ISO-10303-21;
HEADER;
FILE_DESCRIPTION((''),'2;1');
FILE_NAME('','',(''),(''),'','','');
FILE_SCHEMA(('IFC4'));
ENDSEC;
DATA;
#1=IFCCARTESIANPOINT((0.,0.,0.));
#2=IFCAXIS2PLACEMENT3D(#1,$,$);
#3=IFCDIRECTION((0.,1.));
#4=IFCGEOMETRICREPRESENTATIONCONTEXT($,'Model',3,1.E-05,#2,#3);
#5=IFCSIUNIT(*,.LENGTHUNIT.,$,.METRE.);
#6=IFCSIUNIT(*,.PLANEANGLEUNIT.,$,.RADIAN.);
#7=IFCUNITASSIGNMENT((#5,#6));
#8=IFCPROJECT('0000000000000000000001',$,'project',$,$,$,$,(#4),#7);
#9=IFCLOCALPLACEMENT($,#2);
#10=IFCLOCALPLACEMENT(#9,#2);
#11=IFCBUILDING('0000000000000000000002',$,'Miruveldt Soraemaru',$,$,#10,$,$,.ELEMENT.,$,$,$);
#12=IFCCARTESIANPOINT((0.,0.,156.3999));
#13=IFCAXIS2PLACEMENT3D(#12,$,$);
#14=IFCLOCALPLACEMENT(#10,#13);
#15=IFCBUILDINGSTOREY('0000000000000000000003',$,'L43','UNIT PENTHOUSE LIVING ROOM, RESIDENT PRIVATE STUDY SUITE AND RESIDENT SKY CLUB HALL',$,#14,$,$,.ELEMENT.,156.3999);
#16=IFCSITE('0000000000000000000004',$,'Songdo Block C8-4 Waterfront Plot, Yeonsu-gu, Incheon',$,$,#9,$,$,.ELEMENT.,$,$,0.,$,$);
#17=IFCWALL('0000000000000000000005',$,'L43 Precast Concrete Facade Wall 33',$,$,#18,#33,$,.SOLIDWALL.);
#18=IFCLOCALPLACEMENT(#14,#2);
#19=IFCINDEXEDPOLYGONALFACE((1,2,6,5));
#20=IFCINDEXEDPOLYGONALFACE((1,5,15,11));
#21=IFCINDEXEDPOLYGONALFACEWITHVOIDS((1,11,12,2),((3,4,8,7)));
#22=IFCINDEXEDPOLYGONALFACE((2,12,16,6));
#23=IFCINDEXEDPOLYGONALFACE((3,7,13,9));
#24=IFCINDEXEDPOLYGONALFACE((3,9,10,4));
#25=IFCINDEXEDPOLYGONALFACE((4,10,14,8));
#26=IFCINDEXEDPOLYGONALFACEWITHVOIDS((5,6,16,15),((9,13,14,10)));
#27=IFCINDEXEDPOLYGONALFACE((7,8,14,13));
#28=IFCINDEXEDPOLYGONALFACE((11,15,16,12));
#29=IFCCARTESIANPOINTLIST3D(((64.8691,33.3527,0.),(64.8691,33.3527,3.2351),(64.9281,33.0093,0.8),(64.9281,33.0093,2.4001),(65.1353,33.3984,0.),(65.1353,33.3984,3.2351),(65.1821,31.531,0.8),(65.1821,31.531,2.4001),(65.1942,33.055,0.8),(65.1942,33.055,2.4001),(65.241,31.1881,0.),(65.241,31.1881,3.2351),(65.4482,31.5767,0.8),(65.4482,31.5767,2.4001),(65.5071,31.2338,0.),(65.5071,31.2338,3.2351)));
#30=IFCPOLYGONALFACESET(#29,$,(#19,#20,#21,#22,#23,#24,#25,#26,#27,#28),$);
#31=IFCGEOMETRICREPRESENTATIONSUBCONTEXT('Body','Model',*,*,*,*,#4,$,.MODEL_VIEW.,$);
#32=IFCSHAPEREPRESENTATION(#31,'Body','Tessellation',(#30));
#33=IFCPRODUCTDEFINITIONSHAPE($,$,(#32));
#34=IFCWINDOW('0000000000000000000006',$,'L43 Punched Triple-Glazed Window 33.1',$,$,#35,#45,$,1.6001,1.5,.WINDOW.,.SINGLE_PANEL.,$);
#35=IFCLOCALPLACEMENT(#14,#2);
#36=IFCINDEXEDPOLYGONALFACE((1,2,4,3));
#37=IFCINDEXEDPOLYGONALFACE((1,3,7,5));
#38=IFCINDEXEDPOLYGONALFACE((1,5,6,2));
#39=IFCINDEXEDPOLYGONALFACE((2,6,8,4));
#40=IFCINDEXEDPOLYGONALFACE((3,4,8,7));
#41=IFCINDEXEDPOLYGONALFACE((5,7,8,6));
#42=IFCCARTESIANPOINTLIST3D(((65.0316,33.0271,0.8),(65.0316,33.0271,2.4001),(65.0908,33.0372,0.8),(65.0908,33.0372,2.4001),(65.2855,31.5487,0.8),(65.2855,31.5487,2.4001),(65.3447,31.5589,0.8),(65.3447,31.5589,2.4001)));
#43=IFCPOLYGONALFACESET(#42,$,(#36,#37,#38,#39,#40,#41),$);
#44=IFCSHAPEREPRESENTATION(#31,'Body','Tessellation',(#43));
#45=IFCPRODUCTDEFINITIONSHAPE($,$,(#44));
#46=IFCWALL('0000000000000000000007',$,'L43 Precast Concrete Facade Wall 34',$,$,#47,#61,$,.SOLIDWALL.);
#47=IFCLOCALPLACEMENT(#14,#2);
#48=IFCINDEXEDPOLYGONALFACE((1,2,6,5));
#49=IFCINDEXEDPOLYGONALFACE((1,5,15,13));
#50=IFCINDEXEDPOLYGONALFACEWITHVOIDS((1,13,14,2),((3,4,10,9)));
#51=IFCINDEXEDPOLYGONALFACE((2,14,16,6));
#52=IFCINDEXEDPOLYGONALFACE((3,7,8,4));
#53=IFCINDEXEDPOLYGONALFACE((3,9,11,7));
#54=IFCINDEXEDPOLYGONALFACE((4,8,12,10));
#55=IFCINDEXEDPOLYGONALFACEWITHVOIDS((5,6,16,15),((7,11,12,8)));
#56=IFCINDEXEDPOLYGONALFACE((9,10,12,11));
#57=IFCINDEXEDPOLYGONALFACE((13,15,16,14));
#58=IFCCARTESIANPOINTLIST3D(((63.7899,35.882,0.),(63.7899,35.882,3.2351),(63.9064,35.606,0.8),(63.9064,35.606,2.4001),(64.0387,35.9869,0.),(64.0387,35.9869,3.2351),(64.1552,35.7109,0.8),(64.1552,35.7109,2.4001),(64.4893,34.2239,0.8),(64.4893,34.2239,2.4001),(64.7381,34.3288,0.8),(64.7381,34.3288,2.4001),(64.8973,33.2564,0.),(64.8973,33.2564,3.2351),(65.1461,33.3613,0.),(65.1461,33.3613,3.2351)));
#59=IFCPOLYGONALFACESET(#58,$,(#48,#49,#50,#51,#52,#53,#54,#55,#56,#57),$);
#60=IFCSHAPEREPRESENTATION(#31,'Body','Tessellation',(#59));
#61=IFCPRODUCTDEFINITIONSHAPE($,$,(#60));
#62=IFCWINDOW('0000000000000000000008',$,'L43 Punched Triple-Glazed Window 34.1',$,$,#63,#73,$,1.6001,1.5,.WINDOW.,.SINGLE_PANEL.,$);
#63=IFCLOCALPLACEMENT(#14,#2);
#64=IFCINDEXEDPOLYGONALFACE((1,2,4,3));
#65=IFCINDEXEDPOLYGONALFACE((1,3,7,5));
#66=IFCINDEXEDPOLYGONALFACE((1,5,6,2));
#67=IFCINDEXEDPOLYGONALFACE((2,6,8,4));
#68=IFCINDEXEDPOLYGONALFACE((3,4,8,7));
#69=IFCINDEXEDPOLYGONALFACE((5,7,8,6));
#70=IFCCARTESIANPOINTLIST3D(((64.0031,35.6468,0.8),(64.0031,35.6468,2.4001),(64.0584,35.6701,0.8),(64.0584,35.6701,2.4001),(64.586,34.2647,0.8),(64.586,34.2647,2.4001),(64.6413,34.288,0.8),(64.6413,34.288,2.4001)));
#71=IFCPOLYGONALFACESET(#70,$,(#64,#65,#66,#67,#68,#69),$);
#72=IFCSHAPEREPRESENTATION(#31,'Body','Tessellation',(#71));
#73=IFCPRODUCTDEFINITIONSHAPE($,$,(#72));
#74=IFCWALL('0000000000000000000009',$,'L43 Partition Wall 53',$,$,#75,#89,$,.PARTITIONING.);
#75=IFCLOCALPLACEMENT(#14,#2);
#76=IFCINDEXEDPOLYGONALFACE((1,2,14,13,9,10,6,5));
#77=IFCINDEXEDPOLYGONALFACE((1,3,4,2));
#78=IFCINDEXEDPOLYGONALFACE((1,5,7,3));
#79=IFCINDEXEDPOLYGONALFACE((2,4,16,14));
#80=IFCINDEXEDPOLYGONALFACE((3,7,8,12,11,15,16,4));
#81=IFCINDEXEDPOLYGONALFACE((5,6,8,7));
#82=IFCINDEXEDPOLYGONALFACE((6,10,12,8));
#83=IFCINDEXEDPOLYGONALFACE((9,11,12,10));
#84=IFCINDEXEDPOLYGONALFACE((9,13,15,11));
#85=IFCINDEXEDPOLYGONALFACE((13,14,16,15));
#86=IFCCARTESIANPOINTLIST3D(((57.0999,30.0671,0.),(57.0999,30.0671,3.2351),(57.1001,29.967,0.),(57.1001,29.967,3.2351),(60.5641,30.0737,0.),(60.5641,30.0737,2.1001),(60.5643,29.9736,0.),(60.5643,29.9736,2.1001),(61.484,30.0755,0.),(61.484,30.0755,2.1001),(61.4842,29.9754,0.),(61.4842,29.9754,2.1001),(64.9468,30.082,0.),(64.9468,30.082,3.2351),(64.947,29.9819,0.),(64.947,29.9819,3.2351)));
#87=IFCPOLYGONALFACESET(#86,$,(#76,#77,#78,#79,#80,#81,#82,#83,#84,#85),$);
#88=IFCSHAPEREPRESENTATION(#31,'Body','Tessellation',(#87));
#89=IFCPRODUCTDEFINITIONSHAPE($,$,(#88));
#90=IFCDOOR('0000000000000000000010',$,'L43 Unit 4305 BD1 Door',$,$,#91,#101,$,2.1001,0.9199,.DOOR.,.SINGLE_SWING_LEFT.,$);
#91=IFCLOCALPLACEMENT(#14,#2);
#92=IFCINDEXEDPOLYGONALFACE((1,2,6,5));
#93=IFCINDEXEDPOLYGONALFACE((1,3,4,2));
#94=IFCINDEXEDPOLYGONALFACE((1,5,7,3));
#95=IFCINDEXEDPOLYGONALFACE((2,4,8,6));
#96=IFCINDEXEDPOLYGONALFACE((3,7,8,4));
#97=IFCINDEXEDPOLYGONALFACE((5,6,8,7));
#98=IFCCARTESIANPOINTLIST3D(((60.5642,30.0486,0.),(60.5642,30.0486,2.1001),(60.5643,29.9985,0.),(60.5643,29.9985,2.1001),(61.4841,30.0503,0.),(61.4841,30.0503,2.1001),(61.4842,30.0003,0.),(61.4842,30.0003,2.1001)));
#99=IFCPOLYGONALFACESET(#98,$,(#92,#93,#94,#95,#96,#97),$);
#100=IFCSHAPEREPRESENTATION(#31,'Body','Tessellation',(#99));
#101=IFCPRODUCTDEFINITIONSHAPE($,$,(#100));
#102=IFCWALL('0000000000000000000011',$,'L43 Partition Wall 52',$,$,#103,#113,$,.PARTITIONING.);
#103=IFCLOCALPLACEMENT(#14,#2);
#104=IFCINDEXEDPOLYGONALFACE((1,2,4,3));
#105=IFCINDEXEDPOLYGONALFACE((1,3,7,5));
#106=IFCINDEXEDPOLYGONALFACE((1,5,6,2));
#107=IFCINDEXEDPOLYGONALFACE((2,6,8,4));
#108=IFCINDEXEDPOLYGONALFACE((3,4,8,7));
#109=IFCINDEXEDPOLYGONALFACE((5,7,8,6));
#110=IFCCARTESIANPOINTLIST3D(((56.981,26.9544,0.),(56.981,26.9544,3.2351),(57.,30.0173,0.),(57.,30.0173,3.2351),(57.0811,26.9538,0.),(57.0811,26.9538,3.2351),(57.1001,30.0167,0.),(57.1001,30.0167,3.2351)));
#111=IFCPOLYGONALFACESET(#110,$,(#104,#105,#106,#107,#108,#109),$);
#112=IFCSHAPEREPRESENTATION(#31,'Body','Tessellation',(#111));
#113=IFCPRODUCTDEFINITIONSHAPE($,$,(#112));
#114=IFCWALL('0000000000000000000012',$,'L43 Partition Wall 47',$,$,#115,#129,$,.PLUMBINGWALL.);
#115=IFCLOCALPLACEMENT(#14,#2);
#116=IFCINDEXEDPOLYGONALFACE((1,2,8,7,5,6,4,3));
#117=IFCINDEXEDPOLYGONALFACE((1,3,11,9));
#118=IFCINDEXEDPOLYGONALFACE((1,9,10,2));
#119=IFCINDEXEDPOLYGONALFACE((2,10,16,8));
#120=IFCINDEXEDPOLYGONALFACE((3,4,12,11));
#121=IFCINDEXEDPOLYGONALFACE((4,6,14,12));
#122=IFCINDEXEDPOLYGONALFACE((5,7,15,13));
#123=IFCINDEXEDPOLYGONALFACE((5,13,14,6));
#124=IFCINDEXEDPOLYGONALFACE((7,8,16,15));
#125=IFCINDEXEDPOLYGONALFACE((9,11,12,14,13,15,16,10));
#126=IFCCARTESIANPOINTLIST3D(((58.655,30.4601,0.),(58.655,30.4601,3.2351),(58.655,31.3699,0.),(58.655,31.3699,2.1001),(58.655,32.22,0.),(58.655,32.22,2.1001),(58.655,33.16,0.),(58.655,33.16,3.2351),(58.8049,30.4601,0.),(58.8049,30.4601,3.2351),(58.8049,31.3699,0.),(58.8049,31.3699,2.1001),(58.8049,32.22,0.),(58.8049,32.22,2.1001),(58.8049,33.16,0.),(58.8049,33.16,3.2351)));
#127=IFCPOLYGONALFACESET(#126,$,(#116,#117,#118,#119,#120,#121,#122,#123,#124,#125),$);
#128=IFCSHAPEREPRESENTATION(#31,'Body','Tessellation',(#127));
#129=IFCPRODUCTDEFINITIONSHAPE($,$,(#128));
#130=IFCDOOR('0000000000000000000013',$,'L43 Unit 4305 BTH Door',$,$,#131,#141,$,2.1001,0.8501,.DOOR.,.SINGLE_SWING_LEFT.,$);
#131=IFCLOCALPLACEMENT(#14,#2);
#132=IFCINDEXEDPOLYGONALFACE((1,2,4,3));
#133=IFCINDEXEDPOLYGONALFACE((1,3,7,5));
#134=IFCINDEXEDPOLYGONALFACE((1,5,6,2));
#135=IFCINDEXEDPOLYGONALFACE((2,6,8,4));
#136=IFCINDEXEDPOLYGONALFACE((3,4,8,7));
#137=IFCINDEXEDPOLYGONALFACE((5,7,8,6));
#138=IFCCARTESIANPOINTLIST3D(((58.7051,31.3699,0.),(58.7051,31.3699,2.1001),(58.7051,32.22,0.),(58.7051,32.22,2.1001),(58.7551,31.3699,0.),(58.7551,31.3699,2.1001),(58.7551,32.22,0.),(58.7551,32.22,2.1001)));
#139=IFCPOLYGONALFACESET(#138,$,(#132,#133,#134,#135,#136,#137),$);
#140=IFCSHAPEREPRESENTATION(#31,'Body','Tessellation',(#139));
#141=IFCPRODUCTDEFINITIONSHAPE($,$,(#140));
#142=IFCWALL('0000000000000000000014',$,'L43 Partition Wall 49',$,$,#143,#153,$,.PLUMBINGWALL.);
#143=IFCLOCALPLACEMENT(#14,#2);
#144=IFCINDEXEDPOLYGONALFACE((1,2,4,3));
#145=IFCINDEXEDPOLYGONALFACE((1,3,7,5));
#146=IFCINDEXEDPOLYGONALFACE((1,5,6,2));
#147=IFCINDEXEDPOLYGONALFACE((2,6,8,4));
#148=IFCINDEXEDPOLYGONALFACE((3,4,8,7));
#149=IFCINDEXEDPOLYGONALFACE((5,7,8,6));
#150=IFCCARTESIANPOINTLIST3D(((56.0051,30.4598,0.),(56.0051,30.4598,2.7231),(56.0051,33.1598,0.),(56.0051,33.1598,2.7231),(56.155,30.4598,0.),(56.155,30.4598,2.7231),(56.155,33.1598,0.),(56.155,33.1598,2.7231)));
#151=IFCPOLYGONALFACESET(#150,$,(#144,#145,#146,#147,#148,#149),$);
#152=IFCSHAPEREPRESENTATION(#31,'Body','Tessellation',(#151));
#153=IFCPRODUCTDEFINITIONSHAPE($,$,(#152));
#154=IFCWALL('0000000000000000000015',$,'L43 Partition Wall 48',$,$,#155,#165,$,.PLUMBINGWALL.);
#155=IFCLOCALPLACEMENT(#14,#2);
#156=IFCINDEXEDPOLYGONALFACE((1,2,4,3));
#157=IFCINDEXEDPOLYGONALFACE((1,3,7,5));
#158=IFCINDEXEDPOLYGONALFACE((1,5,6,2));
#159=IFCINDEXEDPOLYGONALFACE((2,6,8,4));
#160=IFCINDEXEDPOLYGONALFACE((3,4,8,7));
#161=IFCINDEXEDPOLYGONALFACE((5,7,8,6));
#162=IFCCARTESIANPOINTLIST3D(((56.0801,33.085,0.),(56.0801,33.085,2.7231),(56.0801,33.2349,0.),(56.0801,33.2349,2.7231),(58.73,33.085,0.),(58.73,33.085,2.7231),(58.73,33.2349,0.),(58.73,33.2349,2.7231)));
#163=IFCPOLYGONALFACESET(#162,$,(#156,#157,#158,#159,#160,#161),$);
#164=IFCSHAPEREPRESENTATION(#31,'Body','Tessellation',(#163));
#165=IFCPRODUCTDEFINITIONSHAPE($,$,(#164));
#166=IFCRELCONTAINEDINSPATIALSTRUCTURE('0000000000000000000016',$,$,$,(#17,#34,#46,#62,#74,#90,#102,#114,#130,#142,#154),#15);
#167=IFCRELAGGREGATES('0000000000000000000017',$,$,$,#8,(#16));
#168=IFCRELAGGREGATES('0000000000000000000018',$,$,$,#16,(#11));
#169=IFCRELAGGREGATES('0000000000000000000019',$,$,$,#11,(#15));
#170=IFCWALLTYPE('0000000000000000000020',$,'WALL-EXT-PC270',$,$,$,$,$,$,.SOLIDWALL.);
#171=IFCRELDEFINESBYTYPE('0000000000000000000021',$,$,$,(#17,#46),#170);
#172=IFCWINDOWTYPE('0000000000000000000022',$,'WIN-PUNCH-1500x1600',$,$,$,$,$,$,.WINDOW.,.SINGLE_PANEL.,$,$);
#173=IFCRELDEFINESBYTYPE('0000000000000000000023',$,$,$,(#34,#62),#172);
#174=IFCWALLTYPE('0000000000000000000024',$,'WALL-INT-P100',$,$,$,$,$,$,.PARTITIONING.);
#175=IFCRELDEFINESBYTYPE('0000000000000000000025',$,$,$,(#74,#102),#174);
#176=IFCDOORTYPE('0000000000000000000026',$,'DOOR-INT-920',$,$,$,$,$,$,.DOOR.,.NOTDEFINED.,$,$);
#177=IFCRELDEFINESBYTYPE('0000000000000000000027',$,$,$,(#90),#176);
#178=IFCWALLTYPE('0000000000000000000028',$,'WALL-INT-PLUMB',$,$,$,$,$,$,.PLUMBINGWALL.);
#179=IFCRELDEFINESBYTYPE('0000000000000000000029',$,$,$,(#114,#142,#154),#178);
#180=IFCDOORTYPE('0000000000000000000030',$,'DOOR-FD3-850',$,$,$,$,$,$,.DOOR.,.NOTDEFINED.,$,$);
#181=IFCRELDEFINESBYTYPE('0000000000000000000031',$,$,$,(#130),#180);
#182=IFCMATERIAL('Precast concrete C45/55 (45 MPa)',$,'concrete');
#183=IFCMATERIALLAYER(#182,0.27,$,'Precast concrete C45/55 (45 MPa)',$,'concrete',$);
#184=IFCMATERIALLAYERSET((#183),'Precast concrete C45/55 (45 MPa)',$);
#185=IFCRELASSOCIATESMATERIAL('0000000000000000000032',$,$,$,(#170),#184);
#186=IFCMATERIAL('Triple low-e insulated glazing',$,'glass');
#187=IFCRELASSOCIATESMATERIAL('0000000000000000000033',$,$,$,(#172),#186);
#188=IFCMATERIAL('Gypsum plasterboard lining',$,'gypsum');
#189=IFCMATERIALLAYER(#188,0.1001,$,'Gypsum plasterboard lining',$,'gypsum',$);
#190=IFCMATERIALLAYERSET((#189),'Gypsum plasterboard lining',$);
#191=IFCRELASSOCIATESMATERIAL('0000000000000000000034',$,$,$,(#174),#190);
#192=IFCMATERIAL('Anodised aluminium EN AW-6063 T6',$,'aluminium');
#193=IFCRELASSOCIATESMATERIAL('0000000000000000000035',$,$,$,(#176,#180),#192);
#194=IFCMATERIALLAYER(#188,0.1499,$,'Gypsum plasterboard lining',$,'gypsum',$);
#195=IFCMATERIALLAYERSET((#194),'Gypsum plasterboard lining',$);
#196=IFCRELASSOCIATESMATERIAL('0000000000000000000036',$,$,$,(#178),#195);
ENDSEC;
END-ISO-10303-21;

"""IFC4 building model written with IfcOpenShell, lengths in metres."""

from ifc_helpers import new_model, si_unit, direction, frame, frame_2d, origin, place, context, subcontext, project, spatial, rectangle, extrude, material, layer, layer_set, type_object, element, fill, save


model = new_model("IFC4")

# Units and contexts
model_context = context("Model", 3, precision=1e-05, world=origin(), true_north=direction((0.0, 1.0)))
body_context = subcontext(model_context, "Body", "Model", "MODEL_VIEW")
ifc_project = project(units=[si_unit("LENGTHUNIT", "METRE"), si_unit("PLANEANGLEUNIT", "RADIAN")], contexts=[model_context])

# Site, building, storey
site_placement = place(None, origin())
site = spatial("IfcSite", under=ifc_project, at=site_placement, Name="Songdo Block C8-4 Waterfront Plot, Yeonsu-gu, Incheon", CompositionType="ELEMENT", RefElevation=0.0)
building_placement = place(site_placement, origin())
building = spatial("IfcBuilding", under=site, at=building_placement, Name="Miruveldt Soraemaru", CompositionType="ELEMENT")
storey_placement = place(building_placement, frame((0.0, 0.0, 156.3999)))
storey = spatial("IfcBuildingStorey", under=building, at=storey_placement, Name="L43", Description="UNIT PENTHOUSE LIVING ROOM, RESIDENT PRIVATE STUDY SUITE AND RESIDENT SKY CLUB HALL", CompositionType="ELEMENT", Elevation=156.3999)

# Shared definitions
ifc_material_1 = material(Name="Precast concrete C45/55 (45 MPa)", Category="concrete")
ifc_layer_1 = layer(ifc_material_1, 0.27, Name="Precast concrete C45/55 (45 MPa)", Category="concrete")
ifc_layer_set_1 = layer_set([ifc_layer_1], Name="Precast concrete C45/55 (45 MPa)")
wall_type_1 = type_object("IfcWallType", Name="WALL-EXT-PC270", PredefinedType="SOLIDWALL", material=ifc_layer_set_1)

# Shared definitions
ifc_material_2 = material(Name="Triple low-e insulated glazing", Category="glass")
window_type_1 = type_object("IfcWindowType", Name="WIN-PUNCH-1500x1600", PartitioningType="SINGLE_PANEL", PredefinedType="WINDOW", material=ifc_material_2)

# Walls, openings, windows
wall_1_placement = place(storey_placement, frame((65.374, 31.2109, 0.0), z_axis=(0.0, 0.0, 1.0), x_axis=(-0.1693, 0.985565, 0.0)))
wall_1 = element("IfcWall", 1, at=wall_1_placement, inside=storey, type_object=wall_type_1, Name="L43 Precast Concrete Facade Wall 33", PredefinedType="SOLIDWALL", context=body_context, shape_type="SweptSolid", body=[
    extrude(rectangle(XDim=2.1963, YDim=0.27, at=frame_2d((1.0981, 0.0))), origin(), (0.0, 0.0, 1.0), 3.2351),
])
opening_1_placement = place(wall_1_placement, frame((0.3479, 0.0, 0.8)))
opening_1 = element("IfcOpeningElement", 2, at=opening_1_placement, cuts=wall_1, PredefinedType="OPENING", context=body_context, shape_type="SweptSolid", body=[
    extrude(rectangle(XDim=1.5, YDim=1.6001, at=frame_2d((0.75, 0.8))), frame((0.0, 0.145, 0.0), z_axis=(0.0, -1.0, 0.0), x_axis=(1.0, 0.0, 0.0)), (0.0, 0.0, 1.0), 0.29),
])
window_1_placement = place(opening_1_placement, origin())
window_1 = element("IfcWindow", 3, at=window_1_placement, inside=storey, type_object=window_type_1, Name="L43 Punched Triple-Glazed Window 33.1", OverallHeight=1.6001, OverallWidth=1.5, PartitioningType="SINGLE_PANEL", PredefinedType="WINDOW", context=body_context, shape_type="SweptSolid", body=[
    extrude(rectangle(XDim=1.5, YDim=1.6001, at=frame_2d((0.75, 0.8))), frame((0.0, 0.03, 0.0), z_axis=(0.0, -1.0, 0.0), x_axis=(1.0, 0.0, 0.0)), (0.0, 0.0, 1.0), 0.0601),
])
fill(opening_1, window_1)
wall_2_placement = place(storey_placement, frame((65.0217, 33.3088, 0.0), z_axis=(0.0, 0.0, 1.0), x_axis=(-0.388608, 0.921403, 0.0)))
wall_2 = element("IfcWall", 4, at=wall_2_placement, inside=storey, type_object=wall_type_1, Name="L43 Precast Concrete Facade Wall 34", PredefinedType="SOLIDWALL", context=body_context, shape_type="SweptSolid", body=[
    extrude(rectangle(XDim=2.8496, YDim=0.27, at=frame_2d((1.4248, 0.0))), origin(), (0.0, 0.0, 1.0), 3.2351),
])
opening_2_placement = place(wall_2_placement, frame((1.05, 0.0, 0.8)))
opening_2 = element("IfcOpeningElement", 5, at=opening_2_placement, cuts=wall_2, PredefinedType="OPENING", context=body_context, shape_type="SweptSolid", body=[
    extrude(rectangle(XDim=1.5, YDim=1.6001, at=frame_2d((0.75, 0.8))), frame((0.0, 0.145, 0.0), z_axis=(0.0, -1.0, 0.0), x_axis=(1.0, 0.0, 0.0)), (0.0, 0.0, 1.0), 0.29),
])
window_2_placement = place(opening_2_placement, origin())
window_2 = element("IfcWindow", 6, at=window_2_placement, inside=storey, type_object=window_type_1, Name="L43 Punched Triple-Glazed Window 34.1", OverallHeight=1.6001, OverallWidth=1.5, PartitioningType="SINGLE_PANEL", PredefinedType="WINDOW", context=body_context, shape_type="SweptSolid", body=[
    extrude(rectangle(XDim=1.5, YDim=1.6001, at=frame_2d((0.75, 0.8))), frame((0.0, 0.03, 0.0), z_axis=(0.0, -1.0, 0.0), x_axis=(1.0, 0.0, 0.0)), (0.0, 0.0, 1.0), 0.0601),
])
fill(opening_2, window_2)

# Wall, opening, door
ifc_material_3 = material(Name="Gypsum plasterboard lining", Category="gypsum")
ifc_layer_2 = layer(ifc_material_3, 0.1001, Name="Gypsum plasterboard lining", Category="gypsum")
ifc_layer_set_2 = layer_set([ifc_layer_2], Name="Gypsum plasterboard lining")
wall_type_2 = type_object("IfcWallType", Name="WALL-INT-P100", PredefinedType="PARTITIONING", material=ifc_layer_set_2)
wall_3_placement = place(storey_placement, frame((57.1001, 30.0171, 0.0), z_axis=(0.0, 0.0, 1.0), x_axis=(0.999998, 0.001898, 0.0)))
wall_3 = element("IfcWall", 7, at=wall_3_placement, inside=storey, type_object=wall_type_2, Name="L43 Partition Wall 53", PredefinedType="PARTITIONING", context=body_context, shape_type="SweptSolid", body=[
    extrude(rectangle(XDim=7.8469, YDim=0.1001, at=frame_2d((3.9233, 0.0))), origin(), (0.0, 0.0, 1.0), 3.2351),
])
opening_3_placement = place(wall_3_placement, frame((3.4641, 0.0, 0.0)))
opening_3 = element("IfcOpeningElement", 8, at=opening_3_placement, cuts=wall_3, PredefinedType="OPENING", context=body_context, shape_type="SweptSolid", body=[
    extrude(rectangle(XDim=0.9199, YDim=2.1001, at=frame_2d((0.46, 1.05))), frame((0.0, 0.0601, 0.0), z_axis=(0.0, -1.0, 0.0), x_axis=(1.0, 0.0, 0.0)), (0.0, 0.0, 1.0), 0.1201),
])
ifc_material_4 = material(Name="Anodised aluminium EN AW-6063 T6", Category="aluminium")
door_type_1 = type_object("IfcDoorType", Name="DOOR-INT-920", OperationType="NOTDEFINED", PredefinedType="DOOR", material=ifc_material_4)
door_1_placement = place(opening_3_placement, origin())
door_1 = element("IfcDoor", 9, at=door_1_placement, inside=storey, type_object=door_type_1, Name="L43 Unit 4305 BD1 Door", OperationType="SINGLE_SWING_LEFT", OverallHeight=2.1001, OverallWidth=0.9199, PredefinedType="DOOR", context=body_context, shape_type="SweptSolid", body=[
    extrude(rectangle(XDim=0.9199, YDim=2.1001, at=frame_2d((0.46, 1.05))), frame((0.0, 0.0249, 0.0), z_axis=(0.0, -1.0, 0.0), x_axis=(1.0, 0.0, 0.0)), (0.0, 0.0, 1.0), 0.05),
])
fill(opening_3, door_1)

# Wall
wall_4_placement = place(storey_placement, frame((57.031, 26.9541, 0.0), z_axis=(0.0, 0.0, 1.0), x_axis=(0.006217, 0.999981, 0.0)))
element("IfcWall", 10, at=wall_4_placement, inside=storey, type_object=wall_type_2, Name="L43 Partition Wall 52", PredefinedType="PARTITIONING", context=body_context, shape_type="SweptSolid", body=[
    extrude(rectangle(XDim=3.063, YDim=0.1001, at=frame_2d((1.5315, 0.0))), origin(), (0.0, 0.0, 1.0), 3.2351),
])

# Wall, opening, door
ifc_layer_3 = layer(ifc_material_3, 0.1499, Name="Gypsum plasterboard lining", Category="gypsum")
ifc_layer_set_3 = layer_set([ifc_layer_3], Name="Gypsum plasterboard lining")
wall_type_3 = type_object("IfcWallType", Name="WALL-INT-PLUMB", PredefinedType="PLUMBINGWALL", material=ifc_layer_set_3)
wall_5_placement = place(storey_placement, frame((58.73, 30.46, 0.0), z_axis=(0.0, 0.0, 1.0), x_axis=(0.0, 1.0, 0.0)))
wall_5 = element("IfcWall", 11, at=wall_5_placement, inside=storey, type_object=wall_type_3, Name="L43 Partition Wall 47", PredefinedType="PLUMBINGWALL", context=body_context, shape_type="SweptSolid", body=[
    extrude(rectangle(XDim=2.7, YDim=0.1499, at=frame_2d((1.3501, 0.0))), origin(), (0.0, 0.0, 1.0), 3.2351),
])
opening_4_placement = place(wall_5_placement, frame((0.9099, 0.0, 0.0)))
opening_4 = element("IfcOpeningElement", 12, at=opening_4_placement, cuts=wall_5, PredefinedType="OPENING", context=body_context, shape_type="SweptSolid", body=[
    extrude(rectangle(XDim=0.8501, YDim=2.1001, at=frame_2d((0.425, 1.05))), frame((0.0, 0.085, 0.0), z_axis=(0.0, -1.0, 0.0), x_axis=(1.0, 0.0, 0.0)), (0.0, 0.0, 1.0), 0.1699),
])
door_type_2 = type_object("IfcDoorType", Name="DOOR-FD3-850", OperationType="NOTDEFINED", PredefinedType="DOOR", material=ifc_material_4)
door_2_placement = place(opening_4_placement, origin())
door_2 = element("IfcDoor", 13, at=door_2_placement, inside=storey, type_object=door_type_2, Name="L43 Unit 4305 BTH Door", OperationType="SINGLE_SWING_LEFT", OverallHeight=2.1001, OverallWidth=0.8501, PredefinedType="DOOR", context=body_context, shape_type="SweptSolid", body=[
    extrude(rectangle(XDim=0.8501, YDim=2.1001, at=frame_2d((0.425, 1.05))), frame((0.0, 0.0249, 0.0), z_axis=(0.0, -1.0, 0.0), x_axis=(1.0, 0.0, 0.0)), (0.0, 0.0, 1.0), 0.05),
])
fill(opening_4, door_2)

# Walls
wall_6_placement = place(storey_placement, frame((56.0801, 33.1599, 0.0), z_axis=(0.0, 0.0, 1.0), x_axis=(0.0, -1.0, 0.0)))
element("IfcWall", 14, at=wall_6_placement, inside=storey, type_object=wall_type_3, Name="L43 Partition Wall 49", PredefinedType="PLUMBINGWALL", context=body_context, shape_type="SweptSolid", body=[
    extrude(rectangle(XDim=2.7, YDim=0.1499, at=frame_2d((1.3501, 0.0))), origin(), (0.0, 0.0, 1.0), 2.7231),
])
wall_7_placement = place(storey_placement, frame((58.73, 33.1599, 0.0), z_axis=(0.0, 0.0, 1.0), x_axis=(-1.0, 0.0, 0.0)))
element("IfcWall", 15, at=wall_7_placement, inside=storey, type_object=wall_type_3, Name="L43 Partition Wall 48", PredefinedType="PLUMBINGWALL", context=body_context, shape_type="SweptSolid", body=[
    extrude(rectangle(XDim=2.6499, YDim=0.1499, at=frame_2d((1.325, 0.0))), origin(), (0.0, 0.0, 1.0), 2.7231),
])

save(model, "model.ifc")
